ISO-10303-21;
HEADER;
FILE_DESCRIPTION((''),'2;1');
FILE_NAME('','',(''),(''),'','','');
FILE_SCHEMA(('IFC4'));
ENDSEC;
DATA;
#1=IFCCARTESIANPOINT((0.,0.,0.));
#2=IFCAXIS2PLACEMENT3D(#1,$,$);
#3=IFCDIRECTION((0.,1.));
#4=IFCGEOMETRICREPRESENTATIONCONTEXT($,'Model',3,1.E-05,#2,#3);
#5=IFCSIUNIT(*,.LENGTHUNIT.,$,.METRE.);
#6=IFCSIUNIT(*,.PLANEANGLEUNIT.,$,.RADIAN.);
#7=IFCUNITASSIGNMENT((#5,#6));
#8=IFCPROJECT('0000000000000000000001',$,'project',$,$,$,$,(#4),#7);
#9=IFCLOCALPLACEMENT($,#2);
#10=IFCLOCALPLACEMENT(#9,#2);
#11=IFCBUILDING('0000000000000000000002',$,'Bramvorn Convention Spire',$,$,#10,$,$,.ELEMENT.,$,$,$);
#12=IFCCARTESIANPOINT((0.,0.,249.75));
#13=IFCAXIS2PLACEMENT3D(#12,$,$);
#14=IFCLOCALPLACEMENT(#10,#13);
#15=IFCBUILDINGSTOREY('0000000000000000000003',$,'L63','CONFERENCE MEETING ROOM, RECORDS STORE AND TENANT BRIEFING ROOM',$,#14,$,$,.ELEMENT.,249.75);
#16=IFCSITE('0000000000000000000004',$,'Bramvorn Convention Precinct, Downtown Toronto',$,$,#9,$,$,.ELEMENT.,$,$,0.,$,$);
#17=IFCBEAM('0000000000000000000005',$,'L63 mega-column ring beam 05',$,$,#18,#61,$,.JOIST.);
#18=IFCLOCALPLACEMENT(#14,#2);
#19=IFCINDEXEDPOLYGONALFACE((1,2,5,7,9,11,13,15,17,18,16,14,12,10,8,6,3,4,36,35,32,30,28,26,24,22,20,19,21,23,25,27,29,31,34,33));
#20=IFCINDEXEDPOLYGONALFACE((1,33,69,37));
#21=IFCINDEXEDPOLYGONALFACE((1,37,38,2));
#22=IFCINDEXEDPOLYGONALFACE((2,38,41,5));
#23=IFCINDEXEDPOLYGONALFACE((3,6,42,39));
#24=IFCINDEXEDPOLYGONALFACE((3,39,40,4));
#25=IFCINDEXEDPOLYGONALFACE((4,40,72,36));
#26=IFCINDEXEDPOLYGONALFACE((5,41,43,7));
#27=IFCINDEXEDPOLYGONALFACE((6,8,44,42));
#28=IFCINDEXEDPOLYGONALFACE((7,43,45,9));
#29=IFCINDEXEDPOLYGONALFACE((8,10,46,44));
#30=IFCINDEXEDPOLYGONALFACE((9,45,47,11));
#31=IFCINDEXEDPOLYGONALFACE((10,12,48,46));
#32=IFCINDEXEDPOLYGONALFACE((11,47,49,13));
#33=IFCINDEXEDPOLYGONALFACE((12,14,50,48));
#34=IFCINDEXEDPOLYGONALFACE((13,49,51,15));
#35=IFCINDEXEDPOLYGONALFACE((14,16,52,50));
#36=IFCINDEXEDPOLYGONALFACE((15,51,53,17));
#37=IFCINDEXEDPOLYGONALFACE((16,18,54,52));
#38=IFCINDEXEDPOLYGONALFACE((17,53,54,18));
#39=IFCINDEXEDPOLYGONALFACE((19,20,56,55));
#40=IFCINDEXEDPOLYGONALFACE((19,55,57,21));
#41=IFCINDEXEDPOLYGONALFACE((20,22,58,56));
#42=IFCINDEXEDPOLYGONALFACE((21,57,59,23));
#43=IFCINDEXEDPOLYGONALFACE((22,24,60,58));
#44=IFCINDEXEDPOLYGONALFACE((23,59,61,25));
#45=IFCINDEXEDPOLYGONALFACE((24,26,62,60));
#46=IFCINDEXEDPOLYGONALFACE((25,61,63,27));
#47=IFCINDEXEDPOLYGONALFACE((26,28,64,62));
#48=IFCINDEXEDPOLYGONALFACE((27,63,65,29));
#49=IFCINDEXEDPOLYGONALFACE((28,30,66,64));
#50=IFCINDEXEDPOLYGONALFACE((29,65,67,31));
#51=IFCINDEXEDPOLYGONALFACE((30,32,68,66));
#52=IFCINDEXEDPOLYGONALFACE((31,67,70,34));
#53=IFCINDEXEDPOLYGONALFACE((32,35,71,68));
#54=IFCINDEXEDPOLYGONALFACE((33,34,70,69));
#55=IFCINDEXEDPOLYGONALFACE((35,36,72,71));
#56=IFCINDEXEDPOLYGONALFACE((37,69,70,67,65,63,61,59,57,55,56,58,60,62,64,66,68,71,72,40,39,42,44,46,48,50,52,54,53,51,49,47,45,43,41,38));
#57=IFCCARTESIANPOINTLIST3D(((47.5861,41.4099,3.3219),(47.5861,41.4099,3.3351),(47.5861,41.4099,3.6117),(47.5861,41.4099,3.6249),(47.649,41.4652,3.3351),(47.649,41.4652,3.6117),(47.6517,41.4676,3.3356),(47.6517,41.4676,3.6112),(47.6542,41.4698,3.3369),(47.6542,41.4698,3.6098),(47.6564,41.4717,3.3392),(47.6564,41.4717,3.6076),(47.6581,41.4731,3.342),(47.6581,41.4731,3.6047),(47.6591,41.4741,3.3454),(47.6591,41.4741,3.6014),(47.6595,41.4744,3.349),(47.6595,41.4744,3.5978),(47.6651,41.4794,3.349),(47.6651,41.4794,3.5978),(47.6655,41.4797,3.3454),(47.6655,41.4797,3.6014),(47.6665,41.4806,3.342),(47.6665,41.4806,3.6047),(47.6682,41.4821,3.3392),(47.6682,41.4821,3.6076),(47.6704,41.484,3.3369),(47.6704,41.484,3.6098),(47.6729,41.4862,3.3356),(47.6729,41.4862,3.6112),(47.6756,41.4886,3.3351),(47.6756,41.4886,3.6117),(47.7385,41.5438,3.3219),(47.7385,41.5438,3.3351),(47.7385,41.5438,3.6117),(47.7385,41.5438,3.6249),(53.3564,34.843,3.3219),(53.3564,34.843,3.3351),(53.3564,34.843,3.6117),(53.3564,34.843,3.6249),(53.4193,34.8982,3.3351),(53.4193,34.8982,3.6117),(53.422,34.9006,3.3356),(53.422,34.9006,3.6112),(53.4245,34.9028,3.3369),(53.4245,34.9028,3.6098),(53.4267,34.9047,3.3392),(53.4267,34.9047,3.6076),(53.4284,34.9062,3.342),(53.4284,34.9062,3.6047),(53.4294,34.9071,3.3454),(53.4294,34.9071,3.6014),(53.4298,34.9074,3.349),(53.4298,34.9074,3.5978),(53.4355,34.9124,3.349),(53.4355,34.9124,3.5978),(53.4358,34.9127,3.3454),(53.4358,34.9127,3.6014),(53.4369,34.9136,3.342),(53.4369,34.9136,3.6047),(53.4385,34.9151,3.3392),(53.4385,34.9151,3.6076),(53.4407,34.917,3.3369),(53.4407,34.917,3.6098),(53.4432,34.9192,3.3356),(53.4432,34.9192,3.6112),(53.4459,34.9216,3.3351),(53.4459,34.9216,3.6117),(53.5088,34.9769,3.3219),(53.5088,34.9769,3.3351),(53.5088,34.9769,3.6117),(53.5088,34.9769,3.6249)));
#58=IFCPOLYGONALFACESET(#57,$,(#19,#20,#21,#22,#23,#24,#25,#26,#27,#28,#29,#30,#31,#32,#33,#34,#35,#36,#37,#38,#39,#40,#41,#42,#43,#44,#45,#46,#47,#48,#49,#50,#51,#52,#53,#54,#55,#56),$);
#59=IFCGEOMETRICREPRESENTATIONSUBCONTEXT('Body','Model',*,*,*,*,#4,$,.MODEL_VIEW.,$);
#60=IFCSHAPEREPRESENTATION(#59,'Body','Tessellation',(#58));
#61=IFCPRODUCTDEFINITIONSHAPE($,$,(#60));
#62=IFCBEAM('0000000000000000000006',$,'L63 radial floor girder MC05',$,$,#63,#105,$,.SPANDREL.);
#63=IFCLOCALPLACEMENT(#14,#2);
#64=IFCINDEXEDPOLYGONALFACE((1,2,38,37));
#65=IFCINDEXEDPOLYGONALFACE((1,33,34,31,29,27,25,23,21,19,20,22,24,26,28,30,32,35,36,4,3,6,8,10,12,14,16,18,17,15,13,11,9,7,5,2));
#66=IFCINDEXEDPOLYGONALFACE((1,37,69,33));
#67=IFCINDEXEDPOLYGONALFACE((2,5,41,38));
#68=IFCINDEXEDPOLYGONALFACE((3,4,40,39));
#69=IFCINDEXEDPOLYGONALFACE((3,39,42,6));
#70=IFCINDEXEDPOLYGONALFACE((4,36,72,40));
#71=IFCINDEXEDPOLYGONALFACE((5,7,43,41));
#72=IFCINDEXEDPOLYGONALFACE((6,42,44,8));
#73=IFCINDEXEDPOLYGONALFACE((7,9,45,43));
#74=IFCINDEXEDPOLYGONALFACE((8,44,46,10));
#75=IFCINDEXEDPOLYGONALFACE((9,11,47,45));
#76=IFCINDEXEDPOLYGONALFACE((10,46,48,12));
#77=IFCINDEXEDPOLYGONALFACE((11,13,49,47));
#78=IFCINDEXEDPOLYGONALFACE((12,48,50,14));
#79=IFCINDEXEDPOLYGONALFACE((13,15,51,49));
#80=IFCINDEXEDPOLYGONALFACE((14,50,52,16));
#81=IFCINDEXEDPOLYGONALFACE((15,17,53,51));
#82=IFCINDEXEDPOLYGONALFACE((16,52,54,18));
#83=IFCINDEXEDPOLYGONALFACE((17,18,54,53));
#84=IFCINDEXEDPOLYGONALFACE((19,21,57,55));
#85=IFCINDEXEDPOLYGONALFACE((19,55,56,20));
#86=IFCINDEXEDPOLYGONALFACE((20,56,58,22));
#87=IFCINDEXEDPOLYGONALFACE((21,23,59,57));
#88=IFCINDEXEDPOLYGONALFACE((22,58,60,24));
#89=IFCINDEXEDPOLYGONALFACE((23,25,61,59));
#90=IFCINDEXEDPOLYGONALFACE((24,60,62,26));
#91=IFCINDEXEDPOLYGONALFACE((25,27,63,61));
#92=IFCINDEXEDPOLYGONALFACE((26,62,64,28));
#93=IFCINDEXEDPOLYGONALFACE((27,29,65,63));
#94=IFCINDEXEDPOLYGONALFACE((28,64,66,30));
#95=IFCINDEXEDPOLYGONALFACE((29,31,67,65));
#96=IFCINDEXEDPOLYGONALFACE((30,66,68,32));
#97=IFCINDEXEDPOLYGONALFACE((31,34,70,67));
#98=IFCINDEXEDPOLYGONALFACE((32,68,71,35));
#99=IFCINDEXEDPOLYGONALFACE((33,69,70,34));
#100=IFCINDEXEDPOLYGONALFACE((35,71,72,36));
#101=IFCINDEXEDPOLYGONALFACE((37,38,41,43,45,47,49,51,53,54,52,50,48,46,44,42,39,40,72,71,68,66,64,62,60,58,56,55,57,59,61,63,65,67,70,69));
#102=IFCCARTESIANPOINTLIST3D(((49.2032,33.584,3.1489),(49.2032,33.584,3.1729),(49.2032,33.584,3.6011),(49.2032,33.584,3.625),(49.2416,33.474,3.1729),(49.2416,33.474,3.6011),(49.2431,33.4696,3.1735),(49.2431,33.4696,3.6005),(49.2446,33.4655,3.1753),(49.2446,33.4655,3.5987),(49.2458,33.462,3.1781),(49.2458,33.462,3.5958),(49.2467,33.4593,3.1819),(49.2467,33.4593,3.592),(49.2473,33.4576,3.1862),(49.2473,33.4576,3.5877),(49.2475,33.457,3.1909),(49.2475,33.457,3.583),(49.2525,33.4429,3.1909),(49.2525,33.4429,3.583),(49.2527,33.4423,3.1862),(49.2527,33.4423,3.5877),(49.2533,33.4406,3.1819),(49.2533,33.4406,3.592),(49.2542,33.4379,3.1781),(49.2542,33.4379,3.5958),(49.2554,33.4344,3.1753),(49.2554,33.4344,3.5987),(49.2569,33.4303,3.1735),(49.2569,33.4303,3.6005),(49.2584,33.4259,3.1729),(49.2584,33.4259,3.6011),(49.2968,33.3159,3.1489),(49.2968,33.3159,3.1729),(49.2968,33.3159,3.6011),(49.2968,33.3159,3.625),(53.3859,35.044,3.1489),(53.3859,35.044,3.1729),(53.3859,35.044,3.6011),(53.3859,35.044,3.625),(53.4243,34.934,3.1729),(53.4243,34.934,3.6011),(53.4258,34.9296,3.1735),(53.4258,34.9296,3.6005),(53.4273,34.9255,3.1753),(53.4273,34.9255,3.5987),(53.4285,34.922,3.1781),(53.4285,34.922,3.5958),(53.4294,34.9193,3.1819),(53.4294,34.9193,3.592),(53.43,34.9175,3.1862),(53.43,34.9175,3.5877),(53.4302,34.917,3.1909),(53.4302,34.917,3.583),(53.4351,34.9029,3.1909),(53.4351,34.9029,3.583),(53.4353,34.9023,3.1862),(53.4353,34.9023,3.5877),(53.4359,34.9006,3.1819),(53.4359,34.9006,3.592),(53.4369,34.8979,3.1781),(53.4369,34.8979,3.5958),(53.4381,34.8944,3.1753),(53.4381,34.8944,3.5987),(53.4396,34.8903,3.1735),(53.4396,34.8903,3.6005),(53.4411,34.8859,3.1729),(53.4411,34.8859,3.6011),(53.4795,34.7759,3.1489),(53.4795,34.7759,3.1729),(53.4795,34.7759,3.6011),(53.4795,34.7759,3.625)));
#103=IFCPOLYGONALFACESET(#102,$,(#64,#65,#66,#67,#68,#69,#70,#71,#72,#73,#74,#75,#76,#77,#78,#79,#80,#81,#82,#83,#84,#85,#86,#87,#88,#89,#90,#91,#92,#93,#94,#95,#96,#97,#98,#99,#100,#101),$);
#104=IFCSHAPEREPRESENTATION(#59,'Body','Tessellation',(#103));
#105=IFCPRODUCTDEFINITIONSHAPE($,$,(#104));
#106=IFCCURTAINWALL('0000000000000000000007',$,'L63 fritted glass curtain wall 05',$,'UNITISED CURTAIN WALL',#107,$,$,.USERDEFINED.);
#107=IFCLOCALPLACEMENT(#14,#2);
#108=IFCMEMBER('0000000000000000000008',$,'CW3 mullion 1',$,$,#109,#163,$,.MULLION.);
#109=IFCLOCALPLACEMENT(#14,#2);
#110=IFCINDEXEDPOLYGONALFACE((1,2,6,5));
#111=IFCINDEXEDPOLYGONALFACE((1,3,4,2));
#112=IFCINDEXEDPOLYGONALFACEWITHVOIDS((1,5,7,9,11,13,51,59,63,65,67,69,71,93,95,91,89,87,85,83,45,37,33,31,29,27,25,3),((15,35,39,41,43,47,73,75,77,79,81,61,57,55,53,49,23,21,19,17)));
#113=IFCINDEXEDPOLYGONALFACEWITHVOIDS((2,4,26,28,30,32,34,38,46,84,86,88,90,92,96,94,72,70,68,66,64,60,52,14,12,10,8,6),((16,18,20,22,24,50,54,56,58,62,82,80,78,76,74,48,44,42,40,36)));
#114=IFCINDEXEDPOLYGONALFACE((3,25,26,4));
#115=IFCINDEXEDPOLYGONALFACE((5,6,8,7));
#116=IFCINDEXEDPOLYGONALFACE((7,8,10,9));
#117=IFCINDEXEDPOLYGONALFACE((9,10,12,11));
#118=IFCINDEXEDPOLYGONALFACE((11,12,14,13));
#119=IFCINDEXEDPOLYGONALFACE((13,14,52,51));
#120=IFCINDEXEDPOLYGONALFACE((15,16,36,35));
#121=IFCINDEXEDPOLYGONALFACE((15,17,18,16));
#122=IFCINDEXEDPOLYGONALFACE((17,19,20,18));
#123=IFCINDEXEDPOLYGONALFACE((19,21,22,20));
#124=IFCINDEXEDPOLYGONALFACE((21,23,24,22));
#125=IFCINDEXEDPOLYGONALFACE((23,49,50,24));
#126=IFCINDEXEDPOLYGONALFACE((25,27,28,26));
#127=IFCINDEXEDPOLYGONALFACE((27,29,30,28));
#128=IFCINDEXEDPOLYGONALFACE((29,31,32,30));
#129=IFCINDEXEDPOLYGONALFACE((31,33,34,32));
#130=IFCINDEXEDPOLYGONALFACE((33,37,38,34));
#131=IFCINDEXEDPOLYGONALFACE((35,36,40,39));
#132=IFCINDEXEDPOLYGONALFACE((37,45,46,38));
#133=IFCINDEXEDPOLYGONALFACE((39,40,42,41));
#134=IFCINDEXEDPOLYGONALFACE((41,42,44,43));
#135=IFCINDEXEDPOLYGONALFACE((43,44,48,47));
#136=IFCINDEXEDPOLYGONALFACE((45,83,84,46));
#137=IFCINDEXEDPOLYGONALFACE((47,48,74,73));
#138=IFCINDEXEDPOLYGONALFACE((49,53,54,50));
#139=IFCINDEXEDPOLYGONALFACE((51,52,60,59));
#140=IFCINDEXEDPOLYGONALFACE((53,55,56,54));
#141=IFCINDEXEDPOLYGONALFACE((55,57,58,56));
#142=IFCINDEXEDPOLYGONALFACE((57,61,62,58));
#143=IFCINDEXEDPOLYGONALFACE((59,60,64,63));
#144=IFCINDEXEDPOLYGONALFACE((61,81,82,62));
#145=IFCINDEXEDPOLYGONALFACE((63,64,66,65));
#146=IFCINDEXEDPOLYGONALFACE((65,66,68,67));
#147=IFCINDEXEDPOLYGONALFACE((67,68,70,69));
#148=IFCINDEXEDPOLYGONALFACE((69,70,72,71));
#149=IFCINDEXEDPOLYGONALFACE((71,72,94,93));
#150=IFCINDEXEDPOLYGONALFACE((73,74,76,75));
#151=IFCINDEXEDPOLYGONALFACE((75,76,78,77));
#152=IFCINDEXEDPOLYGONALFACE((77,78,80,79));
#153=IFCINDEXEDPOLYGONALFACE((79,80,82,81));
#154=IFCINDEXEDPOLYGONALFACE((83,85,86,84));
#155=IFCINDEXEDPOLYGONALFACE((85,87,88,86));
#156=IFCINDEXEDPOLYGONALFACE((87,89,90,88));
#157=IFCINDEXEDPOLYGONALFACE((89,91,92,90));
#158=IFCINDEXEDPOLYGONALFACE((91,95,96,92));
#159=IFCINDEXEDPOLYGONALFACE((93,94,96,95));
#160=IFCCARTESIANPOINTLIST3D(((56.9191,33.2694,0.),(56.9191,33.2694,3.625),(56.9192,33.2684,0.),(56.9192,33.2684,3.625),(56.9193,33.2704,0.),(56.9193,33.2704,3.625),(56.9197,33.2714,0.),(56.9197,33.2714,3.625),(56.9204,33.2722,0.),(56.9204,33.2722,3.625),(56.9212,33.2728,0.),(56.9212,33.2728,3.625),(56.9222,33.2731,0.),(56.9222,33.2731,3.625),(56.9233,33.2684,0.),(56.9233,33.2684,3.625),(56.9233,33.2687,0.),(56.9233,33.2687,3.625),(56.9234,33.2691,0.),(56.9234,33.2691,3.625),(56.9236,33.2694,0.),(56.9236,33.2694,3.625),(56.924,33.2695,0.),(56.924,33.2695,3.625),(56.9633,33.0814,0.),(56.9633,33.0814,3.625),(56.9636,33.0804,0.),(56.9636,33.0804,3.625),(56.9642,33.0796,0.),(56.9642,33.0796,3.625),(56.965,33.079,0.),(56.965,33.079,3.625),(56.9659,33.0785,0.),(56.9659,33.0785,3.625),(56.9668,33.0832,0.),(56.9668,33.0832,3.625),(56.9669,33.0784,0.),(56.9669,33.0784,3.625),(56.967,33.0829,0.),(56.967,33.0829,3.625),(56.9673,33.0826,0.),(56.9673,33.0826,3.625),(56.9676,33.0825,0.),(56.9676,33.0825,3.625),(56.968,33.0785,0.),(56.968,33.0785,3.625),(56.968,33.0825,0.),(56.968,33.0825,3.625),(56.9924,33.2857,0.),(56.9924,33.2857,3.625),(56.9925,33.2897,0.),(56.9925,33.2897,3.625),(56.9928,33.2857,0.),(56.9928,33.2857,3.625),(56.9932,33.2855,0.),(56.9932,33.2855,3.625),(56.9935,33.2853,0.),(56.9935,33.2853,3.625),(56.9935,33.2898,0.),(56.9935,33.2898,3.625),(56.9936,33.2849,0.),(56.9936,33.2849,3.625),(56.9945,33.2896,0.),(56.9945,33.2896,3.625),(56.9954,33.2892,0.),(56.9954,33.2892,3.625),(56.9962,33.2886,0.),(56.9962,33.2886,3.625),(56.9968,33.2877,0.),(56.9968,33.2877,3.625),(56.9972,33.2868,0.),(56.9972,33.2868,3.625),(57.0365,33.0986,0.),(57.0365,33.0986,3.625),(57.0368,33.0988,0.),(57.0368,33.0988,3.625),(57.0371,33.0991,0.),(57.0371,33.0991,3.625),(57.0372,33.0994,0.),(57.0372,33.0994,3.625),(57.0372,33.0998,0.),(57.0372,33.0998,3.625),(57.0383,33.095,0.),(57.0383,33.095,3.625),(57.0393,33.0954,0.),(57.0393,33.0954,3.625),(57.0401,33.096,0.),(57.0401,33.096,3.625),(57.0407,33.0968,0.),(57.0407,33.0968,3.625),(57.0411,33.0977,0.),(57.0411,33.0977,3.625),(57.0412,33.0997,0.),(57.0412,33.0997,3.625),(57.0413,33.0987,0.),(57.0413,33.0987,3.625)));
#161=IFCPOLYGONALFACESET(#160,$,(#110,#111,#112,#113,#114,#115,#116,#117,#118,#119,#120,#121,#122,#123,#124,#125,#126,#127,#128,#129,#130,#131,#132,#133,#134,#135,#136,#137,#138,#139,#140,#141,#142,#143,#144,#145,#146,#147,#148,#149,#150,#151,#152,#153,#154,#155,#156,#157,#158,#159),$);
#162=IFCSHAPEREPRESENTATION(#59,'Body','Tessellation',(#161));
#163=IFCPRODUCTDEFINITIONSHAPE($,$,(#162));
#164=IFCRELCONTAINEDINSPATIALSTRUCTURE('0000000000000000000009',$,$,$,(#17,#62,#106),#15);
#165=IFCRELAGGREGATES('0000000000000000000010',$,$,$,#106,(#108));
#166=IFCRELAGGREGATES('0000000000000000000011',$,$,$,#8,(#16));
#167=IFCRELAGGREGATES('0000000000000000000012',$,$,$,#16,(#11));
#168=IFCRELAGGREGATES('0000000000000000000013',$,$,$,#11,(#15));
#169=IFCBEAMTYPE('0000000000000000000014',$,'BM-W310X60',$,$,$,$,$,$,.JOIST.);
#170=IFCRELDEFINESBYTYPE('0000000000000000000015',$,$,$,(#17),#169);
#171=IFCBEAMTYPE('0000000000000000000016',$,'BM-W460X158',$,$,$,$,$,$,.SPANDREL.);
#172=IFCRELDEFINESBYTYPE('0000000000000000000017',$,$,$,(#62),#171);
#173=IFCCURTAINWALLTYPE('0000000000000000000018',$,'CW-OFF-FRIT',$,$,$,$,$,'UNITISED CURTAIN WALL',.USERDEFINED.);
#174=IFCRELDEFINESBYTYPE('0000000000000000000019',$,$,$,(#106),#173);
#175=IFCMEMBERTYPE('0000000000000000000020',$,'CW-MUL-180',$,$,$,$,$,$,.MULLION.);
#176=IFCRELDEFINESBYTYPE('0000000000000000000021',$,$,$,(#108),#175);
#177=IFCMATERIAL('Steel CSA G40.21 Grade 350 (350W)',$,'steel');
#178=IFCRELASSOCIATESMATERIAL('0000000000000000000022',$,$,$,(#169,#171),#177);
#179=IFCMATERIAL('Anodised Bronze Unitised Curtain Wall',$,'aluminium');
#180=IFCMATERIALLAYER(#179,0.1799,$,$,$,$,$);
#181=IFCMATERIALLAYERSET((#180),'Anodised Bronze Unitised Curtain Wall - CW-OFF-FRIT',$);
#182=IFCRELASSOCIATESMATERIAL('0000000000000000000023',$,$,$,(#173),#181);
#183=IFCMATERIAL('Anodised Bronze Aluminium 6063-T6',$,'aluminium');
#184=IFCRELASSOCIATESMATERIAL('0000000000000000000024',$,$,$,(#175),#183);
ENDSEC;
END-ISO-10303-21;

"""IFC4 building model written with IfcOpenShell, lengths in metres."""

from ifc_helpers import new_model, si_unit, direction, frame, origin, origin_2d, place, context, subcontext, project, spatial, hollow_rectangle, i_section, extrude, material, layer, layer_set, material_profile, profile_set, type_object, element, aggregate, save


model = new_model("IFC4")

# Units and contexts
model_context = context("Model", 3, precision=1e-05, world=origin(), true_north=direction((0.0, 1.0)))
body_context = subcontext(model_context, "Body", "Model", "MODEL_VIEW")
ifc_project = project(units=[si_unit("LENGTHUNIT", "METRE"), si_unit("PLANEANGLEUNIT", "RADIAN")], contexts=[model_context])

# Site, building, storey
site_placement = place(None, origin())
site = spatial("IfcSite", under=ifc_project, at=site_placement, Name="Bramvorn Convention Precinct, Downtown Toronto", CompositionType="ELEMENT", RefElevation=0.0)
building_placement = place(site_placement, origin())
building = spatial("IfcBuilding", under=site, at=building_placement, Name="Bramvorn Convention Spire", CompositionType="ELEMENT")
storey_placement = place(building_placement, frame((0.0, 0.0, 249.75)))
storey = spatial("IfcBuildingStorey", under=building, at=storey_placement, Name="L63", Description="CONFERENCE MEETING ROOM, RECORDS STORE AND TENANT BRIEFING ROOM", CompositionType="ELEMENT", Elevation=249.75)

# Shared definitions
ifc_material_1 = material(Name="Steel CSA G40.21 Grade 350 (350W)", Category="steel")

# Beams
ifc_material_profile_1 = material_profile(ifc_material_1, i_section(OverallWidth=0.2029, OverallDepth=0.303, WebThickness=0.0076, FlangeThickness=0.0132, FilletRadius=0.0139, at=origin_2d()))
ifc_profile_set_1 = profile_set([ifc_material_profile_1], Name="Steel CSA G40.21 Grade 350 (350W) - W310X60")
beam_type_1 = type_object("IfcBeamType", Name="BM-W310X60", PredefinedType="JOIST", material=ifc_profile_set_1)
beam_1_placement = place(storey_placement, frame((53.4326, 34.9099, 3.4734), z_axis=(-0.660073, 0.751201, 0.0), x_axis=(-0.751201, -0.660073, 0.0)))
element("IfcBeam", 1, at=beam_1_placement, inside=storey, type_object=beam_type_1, Name="L63 mega-column ring beam 05", PredefinedType="JOIST", context=body_context, shape_type="SweptSolid", body=[
    extrude(i_section(OverallWidth=0.2029, OverallDepth=0.303, WebThickness=0.0076, FlangeThickness=0.0132, FilletRadius=0.0139, at=origin_2d()), origin(), (0.0, 0.0, 1.0), 8.7419),
])
ifc_material_profile_2 = material_profile(ifc_material_1, i_section(OverallWidth=0.2839, OverallDepth=0.4761, WebThickness=0.0149, FlangeThickness=0.0239, FilletRadius=0.0181, at=origin_2d()))
ifc_profile_set_2 = profile_set([ifc_material_profile_2], Name="Steel CSA G40.21 Grade 350 (350W) - W460X158")
beam_type_2 = type_object("IfcBeamType", Name="BM-W460X158", PredefinedType="SPANDREL", material=ifc_profile_set_2)
beam_2_placement = place(storey_placement, frame((49.25, 33.45, 3.387), z_axis=(0.944136, 0.329555, 0.0), x_axis=(-0.329555, 0.944136, 0.0)))
element("IfcBeam", 2, at=beam_2_placement, inside=storey, type_object=beam_type_2, Name="L63 radial floor girder MC05", PredefinedType="SPANDREL", context=body_context, shape_type="SweptSolid", body=[
    extrude(i_section(OverallWidth=0.2839, OverallDepth=0.4761, WebThickness=0.0149, FlangeThickness=0.0239, FilletRadius=0.0181, at=origin_2d()), origin(), (0.0, 0.0, 1.0), 4.4302),
])

# Curtain wall, member
ifc_material_2 = material(Name="Anodised Bronze Unitised Curtain Wall", Category="aluminium")
ifc_layer_1 = layer(ifc_material_2, 0.1799)
ifc_layer_set_1 = layer_set([ifc_layer_1], Name="Anodised Bronze Unitised Curtain Wall - CW-OFF-FRIT")
curtain_wall_type = type_object("IfcCurtainWallType", Name="CW-OFF-FRIT", ElementType="UNITISED CURTAIN WALL", PredefinedType="USERDEFINED", material=ifc_layer_set_1)
curtain_wall_1_placement = place(storey_placement, origin())
curtain_wall_1 = element("IfcCurtainWall", 3, at=curtain_wall_1_placement, inside=storey, type_object=curtain_wall_type, Name="L63 fritted glass curtain wall 05", ObjectType="UNITISED CURTAIN WALL", PredefinedType="USERDEFINED")
ifc_material_3 = material(Name="Anodised Bronze Aluminium 6063-T6", Category="aluminium")
ifc_material_profile_3 = material_profile(ifc_material_3, hollow_rectangle(XDim=0.0801, YDim=0.2, WallThickness=0.0039, InnerFilletRadius=0.001, OuterFilletRadius=0.0039, at=origin_2d()))
ifc_profile_set_3 = profile_set([ifc_material_profile_3], Name="Anodised Bronze Aluminium 6063-T6 - CWM80X200")
member_type_1 = type_object("IfcMemberType", Name="CW-MUL-180", PredefinedType="MULLION", material=ifc_profile_set_3)
member_1_placement = place(storey_placement, frame((56.9802, 33.1841, 0.0), z_axis=(0.0, 0.0, 1.0), x_axis=(0.973408, 0.229079, 0.0)))
member_1 = element("IfcMember", 4, at=member_1_placement, type_object=member_type_1, Name="CW3 mullion 1", PredefinedType="MULLION", context=body_context, shape_type="SweptSolid", body=[
    extrude(hollow_rectangle(XDim=0.0801, YDim=0.2, WallThickness=0.0039, InnerFilletRadius=0.001, OuterFilletRadius=0.0039, at=origin_2d()), origin(), (0.0, 0.0, 1.0), 3.625),
])

aggregate(curtain_wall_1, [member_1])

save(model, "model.ifc")
